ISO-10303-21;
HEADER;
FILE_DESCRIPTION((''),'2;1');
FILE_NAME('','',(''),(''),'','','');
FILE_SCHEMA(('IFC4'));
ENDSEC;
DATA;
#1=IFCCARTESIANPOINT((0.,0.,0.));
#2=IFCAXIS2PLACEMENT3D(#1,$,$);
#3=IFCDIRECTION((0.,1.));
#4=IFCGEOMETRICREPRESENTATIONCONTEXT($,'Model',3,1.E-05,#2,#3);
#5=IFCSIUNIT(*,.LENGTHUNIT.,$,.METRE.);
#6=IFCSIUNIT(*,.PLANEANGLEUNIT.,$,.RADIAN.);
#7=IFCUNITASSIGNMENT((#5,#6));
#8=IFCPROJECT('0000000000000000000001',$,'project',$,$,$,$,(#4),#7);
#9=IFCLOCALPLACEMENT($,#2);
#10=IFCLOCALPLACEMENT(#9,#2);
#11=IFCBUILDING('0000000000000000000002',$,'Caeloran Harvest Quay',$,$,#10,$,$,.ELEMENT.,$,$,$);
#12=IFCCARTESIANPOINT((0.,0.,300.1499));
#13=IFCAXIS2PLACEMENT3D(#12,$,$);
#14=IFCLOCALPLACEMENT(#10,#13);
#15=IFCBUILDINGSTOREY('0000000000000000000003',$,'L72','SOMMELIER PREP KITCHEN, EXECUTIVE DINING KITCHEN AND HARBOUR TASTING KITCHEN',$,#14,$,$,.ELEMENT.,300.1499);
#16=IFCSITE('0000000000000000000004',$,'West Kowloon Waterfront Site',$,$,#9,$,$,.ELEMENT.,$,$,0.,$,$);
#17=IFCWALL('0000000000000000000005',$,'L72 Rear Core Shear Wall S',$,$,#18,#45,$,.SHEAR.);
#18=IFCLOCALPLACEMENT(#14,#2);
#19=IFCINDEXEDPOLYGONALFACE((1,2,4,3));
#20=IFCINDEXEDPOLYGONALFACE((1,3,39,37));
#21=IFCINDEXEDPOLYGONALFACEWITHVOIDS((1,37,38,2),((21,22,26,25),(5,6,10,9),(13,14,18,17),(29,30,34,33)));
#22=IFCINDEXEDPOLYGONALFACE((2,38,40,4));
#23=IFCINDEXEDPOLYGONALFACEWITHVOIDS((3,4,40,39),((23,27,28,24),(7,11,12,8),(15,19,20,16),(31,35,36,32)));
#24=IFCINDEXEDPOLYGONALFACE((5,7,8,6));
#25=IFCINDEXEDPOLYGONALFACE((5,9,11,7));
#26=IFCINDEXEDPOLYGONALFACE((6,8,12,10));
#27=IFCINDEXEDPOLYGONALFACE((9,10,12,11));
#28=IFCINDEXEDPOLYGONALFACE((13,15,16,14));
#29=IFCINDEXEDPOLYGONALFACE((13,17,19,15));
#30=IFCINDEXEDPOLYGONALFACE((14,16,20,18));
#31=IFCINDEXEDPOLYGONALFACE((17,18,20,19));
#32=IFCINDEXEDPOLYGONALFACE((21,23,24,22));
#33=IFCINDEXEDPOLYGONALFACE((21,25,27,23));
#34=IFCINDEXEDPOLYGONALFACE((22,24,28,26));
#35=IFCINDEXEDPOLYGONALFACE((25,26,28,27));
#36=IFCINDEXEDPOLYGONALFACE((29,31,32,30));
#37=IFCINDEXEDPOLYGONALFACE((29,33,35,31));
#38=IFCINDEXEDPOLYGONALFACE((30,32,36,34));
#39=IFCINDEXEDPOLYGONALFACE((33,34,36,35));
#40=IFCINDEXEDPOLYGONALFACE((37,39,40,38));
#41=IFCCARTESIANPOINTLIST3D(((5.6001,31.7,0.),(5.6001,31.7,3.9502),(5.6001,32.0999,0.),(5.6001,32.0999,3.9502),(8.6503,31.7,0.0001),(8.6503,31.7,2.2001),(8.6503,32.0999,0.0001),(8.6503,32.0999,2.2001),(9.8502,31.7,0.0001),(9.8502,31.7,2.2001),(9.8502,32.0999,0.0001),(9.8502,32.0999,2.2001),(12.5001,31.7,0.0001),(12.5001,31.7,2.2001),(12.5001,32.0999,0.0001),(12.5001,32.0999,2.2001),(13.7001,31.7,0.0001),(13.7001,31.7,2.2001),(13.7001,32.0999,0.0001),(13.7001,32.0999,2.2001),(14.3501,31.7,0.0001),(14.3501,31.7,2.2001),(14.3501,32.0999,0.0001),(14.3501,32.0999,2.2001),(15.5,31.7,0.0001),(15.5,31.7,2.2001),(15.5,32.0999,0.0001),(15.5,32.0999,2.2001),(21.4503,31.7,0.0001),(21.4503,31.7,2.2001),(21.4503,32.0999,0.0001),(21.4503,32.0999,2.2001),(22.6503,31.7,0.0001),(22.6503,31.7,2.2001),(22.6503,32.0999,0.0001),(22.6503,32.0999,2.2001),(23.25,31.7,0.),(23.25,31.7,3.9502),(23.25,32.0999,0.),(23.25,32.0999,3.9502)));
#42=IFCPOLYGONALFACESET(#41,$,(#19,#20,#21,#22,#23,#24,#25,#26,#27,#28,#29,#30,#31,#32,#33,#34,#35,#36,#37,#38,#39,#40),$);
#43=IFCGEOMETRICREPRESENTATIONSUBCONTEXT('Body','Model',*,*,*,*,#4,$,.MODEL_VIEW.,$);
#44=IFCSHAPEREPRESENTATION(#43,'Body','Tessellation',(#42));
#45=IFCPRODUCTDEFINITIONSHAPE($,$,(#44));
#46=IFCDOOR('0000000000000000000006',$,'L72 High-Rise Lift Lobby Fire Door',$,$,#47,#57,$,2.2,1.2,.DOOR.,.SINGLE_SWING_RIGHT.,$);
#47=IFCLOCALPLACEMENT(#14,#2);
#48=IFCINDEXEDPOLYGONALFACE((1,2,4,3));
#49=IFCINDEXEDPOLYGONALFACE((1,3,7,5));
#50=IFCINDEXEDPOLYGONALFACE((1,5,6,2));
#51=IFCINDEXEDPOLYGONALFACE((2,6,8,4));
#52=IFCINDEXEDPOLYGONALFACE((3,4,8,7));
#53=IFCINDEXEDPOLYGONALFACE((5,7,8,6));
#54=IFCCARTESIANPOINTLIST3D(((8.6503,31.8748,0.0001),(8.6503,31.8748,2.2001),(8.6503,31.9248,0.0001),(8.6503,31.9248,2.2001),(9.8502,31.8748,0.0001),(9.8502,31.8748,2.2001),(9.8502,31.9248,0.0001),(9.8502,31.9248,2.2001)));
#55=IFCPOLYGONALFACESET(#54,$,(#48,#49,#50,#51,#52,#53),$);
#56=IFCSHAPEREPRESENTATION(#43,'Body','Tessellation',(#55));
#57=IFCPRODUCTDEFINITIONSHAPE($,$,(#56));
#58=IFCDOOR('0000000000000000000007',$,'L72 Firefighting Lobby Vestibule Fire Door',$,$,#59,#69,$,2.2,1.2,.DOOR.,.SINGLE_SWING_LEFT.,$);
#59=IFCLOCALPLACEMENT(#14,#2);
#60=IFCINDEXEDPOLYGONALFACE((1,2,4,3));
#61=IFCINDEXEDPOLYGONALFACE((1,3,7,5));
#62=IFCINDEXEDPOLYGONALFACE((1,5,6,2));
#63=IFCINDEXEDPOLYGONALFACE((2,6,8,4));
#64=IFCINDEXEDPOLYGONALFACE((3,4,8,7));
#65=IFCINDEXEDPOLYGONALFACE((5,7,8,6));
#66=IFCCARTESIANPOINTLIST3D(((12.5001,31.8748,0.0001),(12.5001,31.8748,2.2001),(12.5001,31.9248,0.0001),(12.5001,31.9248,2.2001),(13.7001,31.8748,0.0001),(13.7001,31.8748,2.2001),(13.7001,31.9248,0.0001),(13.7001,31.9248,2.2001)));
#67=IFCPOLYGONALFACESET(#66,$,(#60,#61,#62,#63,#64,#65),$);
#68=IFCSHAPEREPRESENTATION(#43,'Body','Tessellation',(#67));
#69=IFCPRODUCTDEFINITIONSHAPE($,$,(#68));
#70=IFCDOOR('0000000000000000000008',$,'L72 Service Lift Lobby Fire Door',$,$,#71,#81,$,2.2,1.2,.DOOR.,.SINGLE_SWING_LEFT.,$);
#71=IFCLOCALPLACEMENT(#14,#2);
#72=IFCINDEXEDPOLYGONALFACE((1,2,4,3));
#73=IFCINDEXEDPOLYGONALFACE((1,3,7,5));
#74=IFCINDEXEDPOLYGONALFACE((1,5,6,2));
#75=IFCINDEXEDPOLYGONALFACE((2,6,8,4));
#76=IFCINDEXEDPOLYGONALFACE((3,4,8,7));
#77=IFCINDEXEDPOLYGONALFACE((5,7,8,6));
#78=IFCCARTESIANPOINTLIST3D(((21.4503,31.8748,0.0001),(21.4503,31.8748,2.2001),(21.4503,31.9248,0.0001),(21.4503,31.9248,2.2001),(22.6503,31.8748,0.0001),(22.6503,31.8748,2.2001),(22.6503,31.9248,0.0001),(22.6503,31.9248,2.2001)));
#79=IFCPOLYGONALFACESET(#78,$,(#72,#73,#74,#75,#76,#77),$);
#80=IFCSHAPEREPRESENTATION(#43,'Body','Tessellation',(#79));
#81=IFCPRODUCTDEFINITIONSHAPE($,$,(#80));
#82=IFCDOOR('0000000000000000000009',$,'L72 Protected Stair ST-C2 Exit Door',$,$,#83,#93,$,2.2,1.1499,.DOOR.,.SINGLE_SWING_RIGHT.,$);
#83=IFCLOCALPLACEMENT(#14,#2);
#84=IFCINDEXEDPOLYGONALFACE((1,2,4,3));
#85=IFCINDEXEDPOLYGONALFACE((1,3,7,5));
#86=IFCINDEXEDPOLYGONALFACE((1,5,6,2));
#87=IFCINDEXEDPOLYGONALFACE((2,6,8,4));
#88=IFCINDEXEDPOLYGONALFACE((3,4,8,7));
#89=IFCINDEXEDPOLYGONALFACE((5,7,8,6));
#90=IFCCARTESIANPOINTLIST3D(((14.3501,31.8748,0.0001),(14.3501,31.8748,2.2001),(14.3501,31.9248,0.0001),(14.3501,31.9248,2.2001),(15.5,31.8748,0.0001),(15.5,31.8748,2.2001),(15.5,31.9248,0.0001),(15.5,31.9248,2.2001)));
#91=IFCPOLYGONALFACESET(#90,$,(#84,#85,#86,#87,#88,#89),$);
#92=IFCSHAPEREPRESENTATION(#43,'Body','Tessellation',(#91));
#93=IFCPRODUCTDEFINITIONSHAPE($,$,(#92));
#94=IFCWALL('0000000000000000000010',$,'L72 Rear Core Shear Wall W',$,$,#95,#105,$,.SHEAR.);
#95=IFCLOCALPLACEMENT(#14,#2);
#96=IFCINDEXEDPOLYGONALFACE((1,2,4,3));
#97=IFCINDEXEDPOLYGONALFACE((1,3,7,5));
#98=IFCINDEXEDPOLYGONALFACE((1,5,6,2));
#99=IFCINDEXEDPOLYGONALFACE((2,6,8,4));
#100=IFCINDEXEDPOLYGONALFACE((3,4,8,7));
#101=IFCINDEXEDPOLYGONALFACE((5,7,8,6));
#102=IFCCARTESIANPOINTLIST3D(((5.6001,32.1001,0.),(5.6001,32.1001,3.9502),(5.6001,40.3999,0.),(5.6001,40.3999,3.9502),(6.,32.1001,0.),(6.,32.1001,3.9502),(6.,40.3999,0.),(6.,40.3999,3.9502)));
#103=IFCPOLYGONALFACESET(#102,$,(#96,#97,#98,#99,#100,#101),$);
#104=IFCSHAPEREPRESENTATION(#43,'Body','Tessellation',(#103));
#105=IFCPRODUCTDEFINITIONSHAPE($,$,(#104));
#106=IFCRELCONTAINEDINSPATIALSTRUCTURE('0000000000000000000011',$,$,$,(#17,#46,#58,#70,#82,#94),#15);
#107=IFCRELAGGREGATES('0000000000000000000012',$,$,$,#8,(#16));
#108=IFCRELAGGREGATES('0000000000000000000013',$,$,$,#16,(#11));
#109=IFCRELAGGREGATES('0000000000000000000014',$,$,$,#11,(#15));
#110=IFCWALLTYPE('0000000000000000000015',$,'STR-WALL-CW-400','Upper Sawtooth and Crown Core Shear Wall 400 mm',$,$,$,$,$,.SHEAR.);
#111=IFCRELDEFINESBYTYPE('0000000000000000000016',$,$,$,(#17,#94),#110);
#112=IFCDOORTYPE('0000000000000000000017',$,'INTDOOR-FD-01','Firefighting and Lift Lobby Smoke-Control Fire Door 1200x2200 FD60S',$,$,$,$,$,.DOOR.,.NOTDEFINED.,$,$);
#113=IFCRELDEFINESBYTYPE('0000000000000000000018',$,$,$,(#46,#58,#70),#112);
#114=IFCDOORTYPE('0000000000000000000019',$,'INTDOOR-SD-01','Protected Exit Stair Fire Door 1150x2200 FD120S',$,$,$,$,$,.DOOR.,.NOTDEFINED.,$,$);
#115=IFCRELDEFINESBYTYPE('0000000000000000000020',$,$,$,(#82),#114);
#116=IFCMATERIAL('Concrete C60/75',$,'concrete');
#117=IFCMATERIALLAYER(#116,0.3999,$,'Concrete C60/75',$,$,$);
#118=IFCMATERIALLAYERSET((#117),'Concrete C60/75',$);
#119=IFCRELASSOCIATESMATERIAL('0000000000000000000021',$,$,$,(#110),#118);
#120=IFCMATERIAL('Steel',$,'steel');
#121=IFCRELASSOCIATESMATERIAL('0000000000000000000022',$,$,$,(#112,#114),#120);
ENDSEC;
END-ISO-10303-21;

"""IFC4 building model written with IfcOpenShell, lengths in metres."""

from ifc_helpers import new_model, si_unit, direction, frame, frame_2d, origin, place, context, subcontext, project, spatial, rectangle, extrude, material, layer, layer_set, type_object, element, fill, save


model = new_model("IFC4")

# Units and contexts
model_context = context("Model", 3, precision=1e-05, world=origin(), true_north=direction((0.0, 1.0)))
body_context = subcontext(model_context, "Body", "Model", "MODEL_VIEW")
ifc_project = project(units=[si_unit("LENGTHUNIT", "METRE"), si_unit("PLANEANGLEUNIT", "RADIAN")], contexts=[model_context])

# Site, building, storey
site_placement = place(None, origin())
site = spatial("IfcSite", under=ifc_project, at=site_placement, Name="West Kowloon Waterfront Site", CompositionType="ELEMENT", RefElevation=0.0)
building_placement = place(site_placement, origin())
building = spatial("IfcBuilding", under=site, at=building_placement, Name="Caeloran Harvest Quay", CompositionType="ELEMENT")
storey_placement = place(building_placement, frame((0.0, 0.0, 300.1499)))
storey = spatial("IfcBuildingStorey", under=building, at=storey_placement, Name="L72", Description="SOMMELIER PREP KITCHEN, EXECUTIVE DINING KITCHEN AND HARBOUR TASTING KITCHEN", CompositionType="ELEMENT", Elevation=300.1499)

# Shared definitions
ifc_material_1 = material(Name="Concrete C60/75", Category="concrete")

# Wall, openings, doors
ifc_layer_1 = layer(ifc_material_1, 0.3999, Name="Concrete C60/75")
ifc_layer_set_1 = layer_set([ifc_layer_1], Name="Concrete C60/75")
wall_type_1 = type_object("IfcWallType", Name="STR-WALL-CW-400", Description="Upper Sawtooth and Crown Core Shear Wall 400 mm", PredefinedType="SHEAR", material=ifc_layer_set_1)
wall_1_placement = place(storey_placement, frame((5.6001, 31.8999, 0.0), z_axis=(0.0, 0.0, 1.0), x_axis=(1.0, 0.0, 0.0)))
wall_1 = element("IfcWall", 1, at=wall_1_placement, inside=storey, type_object=wall_type_1, Name="L72 Rear Core Shear Wall S", PredefinedType="SHEAR", context=body_context, shape_type="SweptSolid", body=[
    extrude(rectangle(XDim=17.6499, YDim=0.3999, at=frame_2d((8.825, 0.0))), origin(), (0.0, 0.0, 1.0), 3.9502),
])
opening_1_placement = place(wall_1_placement, frame((3.05, 0.0, 0.0)))
opening_1 = element("IfcOpeningElement", 2, at=opening_1_placement, cuts=wall_1, PredefinedType="OPENING", context=body_context, shape_type="SweptSolid", body=[
    extrude(rectangle(XDim=1.2, YDim=2.2, at=frame_2d((0.6001, 1.1001))), frame((0.0, 0.21, 0.0), z_axis=(0.0, -1.0, 0.0), x_axis=(1.0, 0.0, 0.0)), (0.0, 0.0, 1.0), 0.4199),
])
opening_2_placement = place(wall_1_placement, frame((6.8999, 0.0, 0.0)))
opening_2 = element("IfcOpeningElement", 3, at=opening_2_placement, cuts=wall_1, PredefinedType="OPENING", context=body_context, shape_type="SweptSolid", body=[
    extrude(rectangle(XDim=1.2, YDim=2.2, at=frame_2d((0.6001, 1.1001))), frame((0.0, 0.21, 0.0), z_axis=(0.0, -1.0, 0.0), x_axis=(1.0, 0.0, 0.0)), (0.0, 0.0, 1.0), 0.4199),
])
opening_3_placement = place(wall_1_placement, frame((8.75, 0.0, 0.0)))
opening_3 = element("IfcOpeningElement", 4, at=opening_3_placement, cuts=wall_1, PredefinedType="OPENING", context=body_context, shape_type="SweptSolid", body=[
    extrude(rectangle(XDim=1.1499, YDim=2.2, at=frame_2d((0.575, 1.1001))), frame((0.0, 0.21, 0.0), z_axis=(0.0, -1.0, 0.0), x_axis=(1.0, 0.0, 0.0)), (0.0, 0.0, 1.0), 0.4199),
])
opening_4_placement = place(wall_1_placement, frame((15.8501, 0.0, 0.0)))
opening_4 = element("IfcOpeningElement", 5, at=opening_4_placement, cuts=wall_1, PredefinedType="OPENING", context=body_context, shape_type="SweptSolid", body=[
    extrude(rectangle(XDim=1.2, YDim=2.2, at=frame_2d((0.6001, 1.1001))), frame((0.0, 0.21, 0.0), z_axis=(0.0, -1.0, 0.0), x_axis=(1.0, 0.0, 0.0)), (0.0, 0.0, 1.0), 0.4199),
])
ifc_material_2 = material(Name="Steel", Category="steel")
door_type_1 = type_object("IfcDoorType", Name="INTDOOR-FD-01", Description="Firefighting and Lift Lobby Smoke-Control Fire Door 1200x2200 FD60S", OperationType="NOTDEFINED", PredefinedType="DOOR", material=ifc_material_2)
door_1_placement = place(opening_1_placement, origin())
door_1 = element("IfcDoor", 6, at=door_1_placement, inside=storey, type_object=door_type_1, Name="L72 High-Rise Lift Lobby Fire Door", OperationType="SINGLE_SWING_RIGHT", OverallHeight=2.2, OverallWidth=1.2, PredefinedType="DOOR", context=body_context, shape_type="SweptSolid", body=[
    extrude(rectangle(XDim=1.2, YDim=2.2, at=frame_2d((0.6001, 1.1001))), frame((0.0, 0.0249, 0.0), z_axis=(0.0, -1.0, 0.0), x_axis=(1.0, 0.0, 0.0)), (0.0, 0.0, 1.0), 0.05),
])
fill(opening_1, door_1)
door_2_placement = place(opening_2_placement, origin())
door_2 = element("IfcDoor", 7, at=door_2_placement, inside=storey, type_object=door_type_1, Name="L72 Firefighting Lobby Vestibule Fire Door", OperationType="SINGLE_SWING_LEFT", OverallHeight=2.2, OverallWidth=1.2, PredefinedType="DOOR", context=body_context, shape_type="SweptSolid", body=[
    extrude(rectangle(XDim=1.2, YDim=2.2, at=frame_2d((0.6001, 1.1001))), frame((0.0, 0.0249, 0.0), z_axis=(0.0, -1.0, 0.0), x_axis=(1.0, 0.0, 0.0)), (0.0, 0.0, 1.0), 0.05),
])
fill(opening_2, door_2)
door_3_placement = place(opening_4_placement, origin())
door_3 = element("IfcDoor", 8, at=door_3_placement, inside=storey, type_object=door_type_1, Name="L72 Service Lift Lobby Fire Door", OperationType="SINGLE_SWING_LEFT", OverallHeight=2.2, OverallWidth=1.2, PredefinedType="DOOR", context=body_context, shape_type="SweptSolid", body=[
    extrude(rectangle(XDim=1.2, YDim=2.2, at=frame_2d((0.6001, 1.1001))), frame((0.0, 0.0249, 0.0), z_axis=(0.0, -1.0, 0.0), x_axis=(1.0, 0.0, 0.0)), (0.0, 0.0, 1.0), 0.05),
])
fill(opening_4, door_3)
door_type_2 = type_object("IfcDoorType", Name="INTDOOR-SD-01", Description="Protected Exit Stair Fire Door 1150x2200 FD120S", OperationType="NOTDEFINED", PredefinedType="DOOR", material=ifc_material_2)
door_4_placement = place(opening_3_placement, origin())
door_4 = element("IfcDoor", 9, at=door_4_placement, inside=storey, type_object=door_type_2, Name="L72 Protected Stair ST-C2 Exit Door", OperationType="SINGLE_SWING_RIGHT", OverallHeight=2.2, OverallWidth=1.1499, PredefinedType="DOOR", context=body_context, shape_type="SweptSolid", body=[
    extrude(rectangle(XDim=1.1499, YDim=2.2, at=frame_2d((0.575, 1.1001))), frame((0.0, 0.0249, 0.0), z_axis=(0.0, -1.0, 0.0), x_axis=(1.0, 0.0, 0.0)), (0.0, 0.0, 1.0), 0.05),
])
fill(opening_3, door_4)

# Wall
wall_2_placement = place(storey_placement, frame((5.8, 32.1001, 0.0), z_axis=(0.0, 0.0, 1.0), x_axis=(0.0, 1.0, 0.0)))
element("IfcWall", 10, at=wall_2_placement, inside=storey, type_object=wall_type_1, Name="L72 Rear Core Shear Wall W", PredefinedType="SHEAR", context=body_context, shape_type="SweptSolid", body=[
    extrude(rectangle(XDim=8.2998, YDim=0.3999, at=frame_2d((4.1499, 0.0))), origin(), (0.0, 0.0, 1.0), 3.9502),
])

save(model, "model.ifc")
